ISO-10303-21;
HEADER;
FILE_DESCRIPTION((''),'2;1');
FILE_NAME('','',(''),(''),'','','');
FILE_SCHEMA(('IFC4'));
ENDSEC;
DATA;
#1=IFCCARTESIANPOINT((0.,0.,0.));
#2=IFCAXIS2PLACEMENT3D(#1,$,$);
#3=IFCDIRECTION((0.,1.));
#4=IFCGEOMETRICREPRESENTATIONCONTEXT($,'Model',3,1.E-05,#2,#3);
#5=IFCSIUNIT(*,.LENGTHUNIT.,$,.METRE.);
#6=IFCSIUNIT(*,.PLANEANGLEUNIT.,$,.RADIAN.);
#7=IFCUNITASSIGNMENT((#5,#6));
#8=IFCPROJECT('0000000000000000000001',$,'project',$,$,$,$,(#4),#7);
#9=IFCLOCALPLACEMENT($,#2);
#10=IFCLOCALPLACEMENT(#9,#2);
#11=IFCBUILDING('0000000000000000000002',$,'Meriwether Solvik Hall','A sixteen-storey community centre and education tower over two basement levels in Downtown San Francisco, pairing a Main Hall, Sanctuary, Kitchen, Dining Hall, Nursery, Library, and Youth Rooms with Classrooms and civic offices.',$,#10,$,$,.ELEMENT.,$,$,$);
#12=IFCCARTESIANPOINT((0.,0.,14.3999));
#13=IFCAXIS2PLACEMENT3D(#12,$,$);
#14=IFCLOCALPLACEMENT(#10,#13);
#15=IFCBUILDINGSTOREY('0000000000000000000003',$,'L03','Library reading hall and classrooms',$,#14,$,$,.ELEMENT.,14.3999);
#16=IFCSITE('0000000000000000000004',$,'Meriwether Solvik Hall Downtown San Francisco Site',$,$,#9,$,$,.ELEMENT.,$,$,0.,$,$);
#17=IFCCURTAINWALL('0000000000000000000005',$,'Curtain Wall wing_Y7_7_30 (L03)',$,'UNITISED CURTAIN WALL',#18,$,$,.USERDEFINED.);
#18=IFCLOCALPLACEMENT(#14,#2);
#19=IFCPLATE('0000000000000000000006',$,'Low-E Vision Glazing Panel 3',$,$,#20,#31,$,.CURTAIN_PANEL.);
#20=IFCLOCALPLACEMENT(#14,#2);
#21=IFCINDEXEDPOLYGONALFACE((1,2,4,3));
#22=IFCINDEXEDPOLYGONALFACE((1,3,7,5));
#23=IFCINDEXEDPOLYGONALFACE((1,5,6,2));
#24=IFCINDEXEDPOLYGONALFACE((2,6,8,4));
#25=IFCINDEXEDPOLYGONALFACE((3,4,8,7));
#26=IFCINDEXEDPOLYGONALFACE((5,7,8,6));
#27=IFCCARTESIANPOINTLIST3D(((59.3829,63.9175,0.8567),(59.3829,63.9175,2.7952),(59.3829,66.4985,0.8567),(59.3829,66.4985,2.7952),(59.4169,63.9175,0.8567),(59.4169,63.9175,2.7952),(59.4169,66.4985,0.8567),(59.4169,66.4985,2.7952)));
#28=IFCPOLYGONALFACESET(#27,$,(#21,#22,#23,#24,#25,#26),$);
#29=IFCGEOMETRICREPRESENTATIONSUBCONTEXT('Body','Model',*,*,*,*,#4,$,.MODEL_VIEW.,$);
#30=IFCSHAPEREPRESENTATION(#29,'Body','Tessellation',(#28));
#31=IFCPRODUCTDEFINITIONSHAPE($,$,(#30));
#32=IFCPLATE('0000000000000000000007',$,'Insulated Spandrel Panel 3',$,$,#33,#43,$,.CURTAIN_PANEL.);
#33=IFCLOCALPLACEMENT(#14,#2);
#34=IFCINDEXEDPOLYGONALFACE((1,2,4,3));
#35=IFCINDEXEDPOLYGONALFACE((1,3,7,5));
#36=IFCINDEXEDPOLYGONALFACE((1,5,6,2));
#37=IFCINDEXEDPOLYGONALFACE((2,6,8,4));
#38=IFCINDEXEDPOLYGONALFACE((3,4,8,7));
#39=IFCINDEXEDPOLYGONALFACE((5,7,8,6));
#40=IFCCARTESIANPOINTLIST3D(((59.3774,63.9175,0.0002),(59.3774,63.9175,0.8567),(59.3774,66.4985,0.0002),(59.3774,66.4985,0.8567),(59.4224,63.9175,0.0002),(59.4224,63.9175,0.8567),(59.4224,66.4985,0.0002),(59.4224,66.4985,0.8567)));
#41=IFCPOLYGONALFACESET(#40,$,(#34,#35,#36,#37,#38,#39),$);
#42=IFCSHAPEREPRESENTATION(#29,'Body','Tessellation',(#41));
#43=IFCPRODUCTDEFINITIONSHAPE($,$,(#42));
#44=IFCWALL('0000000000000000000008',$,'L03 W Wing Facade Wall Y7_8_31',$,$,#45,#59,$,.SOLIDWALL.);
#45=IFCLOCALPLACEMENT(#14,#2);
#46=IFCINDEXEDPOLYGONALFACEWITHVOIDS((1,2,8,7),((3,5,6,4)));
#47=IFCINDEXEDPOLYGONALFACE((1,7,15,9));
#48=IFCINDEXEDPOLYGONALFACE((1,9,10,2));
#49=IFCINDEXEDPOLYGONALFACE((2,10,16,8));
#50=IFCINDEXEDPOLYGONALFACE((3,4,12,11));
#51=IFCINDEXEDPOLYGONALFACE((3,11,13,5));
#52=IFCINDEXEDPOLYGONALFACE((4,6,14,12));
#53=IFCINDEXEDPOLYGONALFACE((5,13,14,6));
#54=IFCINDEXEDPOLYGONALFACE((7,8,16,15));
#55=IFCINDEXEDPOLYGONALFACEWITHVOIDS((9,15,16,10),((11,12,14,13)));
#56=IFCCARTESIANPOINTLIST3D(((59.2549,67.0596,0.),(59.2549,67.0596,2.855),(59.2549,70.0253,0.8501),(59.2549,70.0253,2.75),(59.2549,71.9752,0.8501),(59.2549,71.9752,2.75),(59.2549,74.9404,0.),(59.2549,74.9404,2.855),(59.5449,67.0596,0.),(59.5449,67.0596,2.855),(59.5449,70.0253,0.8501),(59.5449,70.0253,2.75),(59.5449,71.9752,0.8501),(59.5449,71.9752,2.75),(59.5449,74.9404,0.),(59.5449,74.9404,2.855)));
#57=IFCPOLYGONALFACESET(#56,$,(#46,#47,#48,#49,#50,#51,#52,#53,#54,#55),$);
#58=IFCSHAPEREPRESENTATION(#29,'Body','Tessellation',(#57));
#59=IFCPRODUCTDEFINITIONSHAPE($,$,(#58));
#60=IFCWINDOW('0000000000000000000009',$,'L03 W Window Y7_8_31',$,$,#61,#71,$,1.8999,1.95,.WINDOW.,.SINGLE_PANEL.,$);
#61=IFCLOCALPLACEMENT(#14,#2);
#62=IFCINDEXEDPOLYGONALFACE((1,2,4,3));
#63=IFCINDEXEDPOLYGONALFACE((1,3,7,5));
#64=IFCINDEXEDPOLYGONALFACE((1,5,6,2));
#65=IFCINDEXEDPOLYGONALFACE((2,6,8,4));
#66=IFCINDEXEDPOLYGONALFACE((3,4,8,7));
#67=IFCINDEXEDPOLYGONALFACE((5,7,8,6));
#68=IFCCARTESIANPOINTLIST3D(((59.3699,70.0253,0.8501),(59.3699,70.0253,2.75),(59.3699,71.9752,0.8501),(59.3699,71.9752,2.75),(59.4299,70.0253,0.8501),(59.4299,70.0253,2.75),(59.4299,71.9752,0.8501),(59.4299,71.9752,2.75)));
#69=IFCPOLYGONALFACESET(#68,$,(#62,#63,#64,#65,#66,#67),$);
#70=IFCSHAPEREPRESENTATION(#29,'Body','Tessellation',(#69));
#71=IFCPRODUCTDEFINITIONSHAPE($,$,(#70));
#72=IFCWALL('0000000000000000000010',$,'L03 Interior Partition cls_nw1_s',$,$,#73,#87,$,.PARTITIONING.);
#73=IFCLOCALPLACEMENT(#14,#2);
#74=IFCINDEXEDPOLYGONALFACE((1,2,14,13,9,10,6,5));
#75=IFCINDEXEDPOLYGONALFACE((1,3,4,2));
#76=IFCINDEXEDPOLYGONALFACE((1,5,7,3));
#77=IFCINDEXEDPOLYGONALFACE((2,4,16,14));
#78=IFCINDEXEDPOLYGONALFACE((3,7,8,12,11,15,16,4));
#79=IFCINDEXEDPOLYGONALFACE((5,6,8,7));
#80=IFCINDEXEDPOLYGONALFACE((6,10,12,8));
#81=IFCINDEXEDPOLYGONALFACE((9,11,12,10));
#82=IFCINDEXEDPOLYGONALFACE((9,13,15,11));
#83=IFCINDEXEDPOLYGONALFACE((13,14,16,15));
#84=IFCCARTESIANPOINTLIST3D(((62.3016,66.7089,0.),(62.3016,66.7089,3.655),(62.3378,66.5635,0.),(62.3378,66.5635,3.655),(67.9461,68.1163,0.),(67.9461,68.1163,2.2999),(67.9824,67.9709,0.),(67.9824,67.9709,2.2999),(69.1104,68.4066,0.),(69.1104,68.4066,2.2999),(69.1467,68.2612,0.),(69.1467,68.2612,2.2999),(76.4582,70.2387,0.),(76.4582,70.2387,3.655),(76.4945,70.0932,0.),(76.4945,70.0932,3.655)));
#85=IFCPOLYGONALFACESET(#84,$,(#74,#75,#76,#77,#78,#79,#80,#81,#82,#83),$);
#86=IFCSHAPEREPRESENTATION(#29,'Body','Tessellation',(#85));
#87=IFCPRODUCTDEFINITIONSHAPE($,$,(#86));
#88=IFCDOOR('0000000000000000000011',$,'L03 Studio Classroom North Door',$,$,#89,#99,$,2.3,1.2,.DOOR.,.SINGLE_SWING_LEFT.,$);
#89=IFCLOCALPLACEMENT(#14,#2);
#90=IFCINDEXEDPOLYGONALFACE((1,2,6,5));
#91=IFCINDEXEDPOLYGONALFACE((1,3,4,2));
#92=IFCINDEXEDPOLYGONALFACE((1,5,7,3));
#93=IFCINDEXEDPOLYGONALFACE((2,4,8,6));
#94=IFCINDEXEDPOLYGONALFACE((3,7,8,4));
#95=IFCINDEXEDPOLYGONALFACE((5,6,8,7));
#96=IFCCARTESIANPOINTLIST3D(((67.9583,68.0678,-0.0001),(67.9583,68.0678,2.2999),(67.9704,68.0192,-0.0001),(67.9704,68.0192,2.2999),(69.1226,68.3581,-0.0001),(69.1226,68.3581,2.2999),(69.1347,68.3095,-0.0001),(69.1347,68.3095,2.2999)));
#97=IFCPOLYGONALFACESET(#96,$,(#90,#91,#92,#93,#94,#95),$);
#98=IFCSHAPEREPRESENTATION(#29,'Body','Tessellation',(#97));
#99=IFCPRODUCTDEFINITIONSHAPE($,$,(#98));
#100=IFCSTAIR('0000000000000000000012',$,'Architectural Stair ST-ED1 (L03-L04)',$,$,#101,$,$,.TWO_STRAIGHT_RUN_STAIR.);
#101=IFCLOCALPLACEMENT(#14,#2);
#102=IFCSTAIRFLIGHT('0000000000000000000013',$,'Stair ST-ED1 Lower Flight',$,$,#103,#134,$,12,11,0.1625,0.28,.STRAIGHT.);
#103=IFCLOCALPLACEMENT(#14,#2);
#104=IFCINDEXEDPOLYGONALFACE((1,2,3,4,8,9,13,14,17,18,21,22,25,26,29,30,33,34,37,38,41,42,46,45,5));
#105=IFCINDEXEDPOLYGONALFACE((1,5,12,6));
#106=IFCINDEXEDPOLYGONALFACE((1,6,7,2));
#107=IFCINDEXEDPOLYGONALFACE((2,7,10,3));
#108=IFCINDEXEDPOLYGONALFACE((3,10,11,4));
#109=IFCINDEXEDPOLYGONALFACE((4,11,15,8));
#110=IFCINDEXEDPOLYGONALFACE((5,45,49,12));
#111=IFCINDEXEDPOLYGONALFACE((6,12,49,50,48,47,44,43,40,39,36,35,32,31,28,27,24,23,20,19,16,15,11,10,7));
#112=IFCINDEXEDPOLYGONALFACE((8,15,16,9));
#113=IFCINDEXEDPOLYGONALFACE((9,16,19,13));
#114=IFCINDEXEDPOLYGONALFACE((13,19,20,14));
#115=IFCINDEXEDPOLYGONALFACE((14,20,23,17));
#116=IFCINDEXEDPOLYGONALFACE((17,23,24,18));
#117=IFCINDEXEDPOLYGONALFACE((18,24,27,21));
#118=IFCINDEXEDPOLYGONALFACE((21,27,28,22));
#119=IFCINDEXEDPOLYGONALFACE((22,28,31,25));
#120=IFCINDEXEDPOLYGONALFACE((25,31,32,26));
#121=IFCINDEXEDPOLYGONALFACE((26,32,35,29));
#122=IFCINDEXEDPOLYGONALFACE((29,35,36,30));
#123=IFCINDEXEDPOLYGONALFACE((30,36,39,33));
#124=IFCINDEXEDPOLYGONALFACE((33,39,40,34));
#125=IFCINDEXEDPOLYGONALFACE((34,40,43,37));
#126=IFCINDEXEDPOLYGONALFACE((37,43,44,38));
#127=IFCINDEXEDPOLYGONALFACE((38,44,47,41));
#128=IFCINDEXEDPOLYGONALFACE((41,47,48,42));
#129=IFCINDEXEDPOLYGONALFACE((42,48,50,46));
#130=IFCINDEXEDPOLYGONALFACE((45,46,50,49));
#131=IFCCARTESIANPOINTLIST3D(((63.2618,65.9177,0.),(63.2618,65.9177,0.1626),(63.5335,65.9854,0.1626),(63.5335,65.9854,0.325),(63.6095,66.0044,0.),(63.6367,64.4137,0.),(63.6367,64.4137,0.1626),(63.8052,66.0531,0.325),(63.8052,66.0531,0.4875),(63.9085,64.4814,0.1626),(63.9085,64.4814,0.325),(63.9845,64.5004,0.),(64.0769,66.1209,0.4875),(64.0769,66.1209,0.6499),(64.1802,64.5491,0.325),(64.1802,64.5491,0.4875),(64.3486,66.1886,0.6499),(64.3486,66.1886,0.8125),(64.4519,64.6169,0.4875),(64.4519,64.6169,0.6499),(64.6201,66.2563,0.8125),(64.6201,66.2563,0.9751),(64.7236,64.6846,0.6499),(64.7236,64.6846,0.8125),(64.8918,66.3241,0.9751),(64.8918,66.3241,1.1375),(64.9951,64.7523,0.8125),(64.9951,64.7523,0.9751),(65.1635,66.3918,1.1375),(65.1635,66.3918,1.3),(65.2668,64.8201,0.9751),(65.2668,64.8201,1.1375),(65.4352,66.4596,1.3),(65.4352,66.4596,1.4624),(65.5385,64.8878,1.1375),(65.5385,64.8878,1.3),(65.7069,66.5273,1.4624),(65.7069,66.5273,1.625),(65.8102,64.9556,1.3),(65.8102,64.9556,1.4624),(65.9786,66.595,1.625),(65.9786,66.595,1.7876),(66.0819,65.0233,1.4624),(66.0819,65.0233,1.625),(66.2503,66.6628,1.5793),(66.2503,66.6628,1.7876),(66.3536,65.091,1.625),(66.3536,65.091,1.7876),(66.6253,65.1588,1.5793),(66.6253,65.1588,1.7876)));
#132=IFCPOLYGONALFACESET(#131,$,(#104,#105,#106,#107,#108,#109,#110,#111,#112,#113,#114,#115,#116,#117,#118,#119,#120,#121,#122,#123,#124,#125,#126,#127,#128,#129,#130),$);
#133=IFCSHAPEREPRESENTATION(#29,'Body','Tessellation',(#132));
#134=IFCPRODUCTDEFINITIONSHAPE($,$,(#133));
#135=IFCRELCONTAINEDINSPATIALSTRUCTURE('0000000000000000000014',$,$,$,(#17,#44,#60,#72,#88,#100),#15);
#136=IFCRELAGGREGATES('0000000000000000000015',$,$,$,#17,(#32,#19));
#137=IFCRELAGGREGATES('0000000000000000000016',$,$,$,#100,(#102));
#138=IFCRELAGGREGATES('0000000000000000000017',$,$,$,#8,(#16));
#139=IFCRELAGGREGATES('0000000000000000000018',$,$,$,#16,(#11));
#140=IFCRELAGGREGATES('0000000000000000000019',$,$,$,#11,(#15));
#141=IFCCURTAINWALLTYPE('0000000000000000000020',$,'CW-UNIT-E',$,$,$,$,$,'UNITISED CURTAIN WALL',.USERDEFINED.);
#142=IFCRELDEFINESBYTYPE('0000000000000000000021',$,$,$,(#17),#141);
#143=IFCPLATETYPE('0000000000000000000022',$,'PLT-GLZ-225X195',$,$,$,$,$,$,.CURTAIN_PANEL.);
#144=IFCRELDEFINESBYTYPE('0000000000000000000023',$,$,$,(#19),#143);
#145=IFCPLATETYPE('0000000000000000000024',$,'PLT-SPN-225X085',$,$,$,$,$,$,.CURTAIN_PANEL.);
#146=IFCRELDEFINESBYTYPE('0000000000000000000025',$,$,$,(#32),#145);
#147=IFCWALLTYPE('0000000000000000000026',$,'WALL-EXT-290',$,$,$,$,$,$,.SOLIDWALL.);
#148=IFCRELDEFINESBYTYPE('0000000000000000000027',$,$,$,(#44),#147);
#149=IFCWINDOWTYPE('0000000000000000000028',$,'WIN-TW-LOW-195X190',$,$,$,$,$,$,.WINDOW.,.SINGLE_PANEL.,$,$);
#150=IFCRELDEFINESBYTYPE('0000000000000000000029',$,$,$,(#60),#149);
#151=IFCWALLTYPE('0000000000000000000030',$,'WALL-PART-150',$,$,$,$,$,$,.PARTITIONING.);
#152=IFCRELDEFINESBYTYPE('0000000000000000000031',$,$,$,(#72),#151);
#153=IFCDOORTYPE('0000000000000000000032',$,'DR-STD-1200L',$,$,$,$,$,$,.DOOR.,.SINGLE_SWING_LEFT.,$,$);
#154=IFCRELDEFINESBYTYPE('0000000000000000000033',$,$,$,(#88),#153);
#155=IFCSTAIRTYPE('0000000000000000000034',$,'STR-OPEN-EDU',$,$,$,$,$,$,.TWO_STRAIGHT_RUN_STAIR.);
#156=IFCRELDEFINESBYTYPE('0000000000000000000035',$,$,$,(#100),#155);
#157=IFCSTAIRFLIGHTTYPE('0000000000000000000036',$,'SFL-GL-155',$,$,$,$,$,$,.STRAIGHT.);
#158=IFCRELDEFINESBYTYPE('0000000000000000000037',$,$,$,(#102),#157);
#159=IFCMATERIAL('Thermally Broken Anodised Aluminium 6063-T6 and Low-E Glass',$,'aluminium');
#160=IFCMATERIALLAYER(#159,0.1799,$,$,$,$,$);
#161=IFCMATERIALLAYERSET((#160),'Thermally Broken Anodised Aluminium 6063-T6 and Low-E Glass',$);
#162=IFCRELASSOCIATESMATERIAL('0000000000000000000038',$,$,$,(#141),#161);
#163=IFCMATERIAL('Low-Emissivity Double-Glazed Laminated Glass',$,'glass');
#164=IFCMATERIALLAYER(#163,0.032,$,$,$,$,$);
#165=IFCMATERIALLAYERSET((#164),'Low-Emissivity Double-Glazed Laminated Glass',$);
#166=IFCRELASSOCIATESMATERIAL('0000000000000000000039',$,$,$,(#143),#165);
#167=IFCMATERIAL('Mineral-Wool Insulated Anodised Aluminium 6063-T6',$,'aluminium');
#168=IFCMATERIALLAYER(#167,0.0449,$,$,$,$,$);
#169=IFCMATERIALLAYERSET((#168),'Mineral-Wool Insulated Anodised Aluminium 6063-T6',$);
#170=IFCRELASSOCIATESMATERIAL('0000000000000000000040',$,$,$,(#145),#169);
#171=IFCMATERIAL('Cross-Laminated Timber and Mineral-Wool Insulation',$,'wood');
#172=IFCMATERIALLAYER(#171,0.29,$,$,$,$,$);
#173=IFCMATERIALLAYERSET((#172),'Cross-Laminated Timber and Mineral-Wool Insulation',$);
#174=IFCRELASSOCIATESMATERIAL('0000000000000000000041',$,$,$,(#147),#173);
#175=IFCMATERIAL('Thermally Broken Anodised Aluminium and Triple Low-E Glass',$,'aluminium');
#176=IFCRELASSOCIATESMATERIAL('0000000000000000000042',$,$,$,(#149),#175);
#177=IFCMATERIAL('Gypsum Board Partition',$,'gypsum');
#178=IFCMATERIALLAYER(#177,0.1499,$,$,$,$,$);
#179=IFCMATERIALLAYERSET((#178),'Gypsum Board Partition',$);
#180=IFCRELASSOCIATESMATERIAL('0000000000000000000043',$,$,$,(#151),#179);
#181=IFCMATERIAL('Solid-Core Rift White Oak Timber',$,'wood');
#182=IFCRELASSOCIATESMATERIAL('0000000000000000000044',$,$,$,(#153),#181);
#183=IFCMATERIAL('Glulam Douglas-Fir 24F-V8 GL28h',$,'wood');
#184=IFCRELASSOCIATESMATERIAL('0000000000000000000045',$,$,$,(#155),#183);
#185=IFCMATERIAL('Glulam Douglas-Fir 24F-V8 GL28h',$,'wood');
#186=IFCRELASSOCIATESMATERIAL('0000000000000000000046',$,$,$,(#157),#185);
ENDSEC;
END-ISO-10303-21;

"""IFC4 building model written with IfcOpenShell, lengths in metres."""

from ifc_helpers import new_model, si_unit, direction, frame, frame_2d, origin, origin_2d, place, context, subcontext, project, spatial, polyline, rectangle, outline, extrude, material, layer, layer_set, type_object, element, fill, aggregate, save


model = new_model("IFC4")

# Units and contexts
model_context = context("Model", 3, precision=1e-05, world=origin(), true_north=direction((0.0, 1.0)))
body_context = subcontext(model_context, "Body", "Model", "MODEL_VIEW")
ifc_project = project(units=[si_unit("LENGTHUNIT", "METRE"), si_unit("PLANEANGLEUNIT", "RADIAN")], contexts=[model_context])

# Site, building, storey
site_placement = place(None, origin())
site = spatial("IfcSite", under=ifc_project, at=site_placement, Name="Meriwether Solvik Hall Downtown San Francisco Site", CompositionType="ELEMENT", RefElevation=0.0)
building_placement = place(site_placement, origin())
building = spatial("IfcBuilding", under=site, at=building_placement, Name="Meriwether Solvik Hall", Description="A sixteen-storey community centre and education tower over two basement levels in Downtown San Francisco, pairing a Main Hall, Sanctuary, Kitchen, Dining Hall, Nursery, Library, and Youth Rooms with Classrooms and civic offices.", CompositionType="ELEMENT")
storey_placement = place(building_placement, frame((0.0, 0.0, 14.3999)))
storey = spatial("IfcBuildingStorey", under=building, at=storey_placement, Name="L03", Description="Library reading hall and classrooms", CompositionType="ELEMENT", Elevation=14.3999)

# Curtain wall
ifc_material_1 = material(Name="Thermally Broken Anodised Aluminium 6063-T6 and Low-E Glass", Category="aluminium")
ifc_layer_1 = layer(ifc_material_1, 0.1799)
ifc_layer_set_1 = layer_set([ifc_layer_1], Name="Thermally Broken Anodised Aluminium 6063-T6 and Low-E Glass")
curtain_wall_type = type_object("IfcCurtainWallType", Name="CW-UNIT-E", ElementType="UNITISED CURTAIN WALL", PredefinedType="USERDEFINED", material=ifc_layer_set_1)
curtain_wall_placement = place(storey_placement, origin())
curtain_wall = element("IfcCurtainWall", 1, at=curtain_wall_placement, inside=storey, type_object=curtain_wall_type, Name="Curtain Wall wing_Y7_7_30 (L03)", ObjectType="UNITISED CURTAIN WALL", PredefinedType="USERDEFINED")

# Plates
ifc_material_2 = material(Name="Low-Emissivity Double-Glazed Laminated Glass", Category="glass")
ifc_layer_2 = layer(ifc_material_2, 0.032)
ifc_layer_set_2 = layer_set([ifc_layer_2], Name="Low-Emissivity Double-Glazed Laminated Glass")
plate_type_1 = type_object("IfcPlateType", Name="PLT-GLZ-225X195", PredefinedType="CURTAIN_PANEL", material=ifc_layer_set_2)
plate_1_placement = place(storey_placement, frame((59.3999, 65.208, 0.8567), z_axis=(0.0, 0.0, 1.0), x_axis=(0.0, 1.0, 0.0)))
plate_1 = element("IfcPlate", 2, at=plate_1_placement, type_object=plate_type_1, Name="Low-E Vision Glazing Panel 3", PredefinedType="CURTAIN_PANEL", context=body_context, shape_type="SweptSolid", body=[
    extrude(rectangle(XDim=2.5811, YDim=0.0339, at=origin_2d()), origin(), (0.0, 0.0, 1.0), 1.9385),
])
ifc_material_3 = material(Name="Mineral-Wool Insulated Anodised Aluminium 6063-T6", Category="aluminium")
ifc_layer_3 = layer(ifc_material_3, 0.0449)
ifc_layer_set_3 = layer_set([ifc_layer_3], Name="Mineral-Wool Insulated Anodised Aluminium 6063-T6")
plate_type_2 = type_object("IfcPlateType", Name="PLT-SPN-225X085", PredefinedType="CURTAIN_PANEL", material=ifc_layer_set_3)
plate_2_placement = place(storey_placement, frame((59.3999, 65.208, 0.0002), z_axis=(0.0, 0.0, 1.0), x_axis=(0.0, 1.0, 0.0)))
plate_2 = element("IfcPlate", 3, at=plate_2_placement, type_object=plate_type_2, Name="Insulated Spandrel Panel 3", PredefinedType="CURTAIN_PANEL", context=body_context, shape_type="SweptSolid", body=[
    extrude(rectangle(XDim=2.5811, YDim=0.0449, at=origin_2d()), origin(), (0.0, 0.0, 1.0), 0.8564),
])
aggregate(curtain_wall, [plate_2, plate_1])

# Wall, opening, window
ifc_material_4 = material(Name="Cross-Laminated Timber and Mineral-Wool Insulation", Category="wood")
ifc_layer_4 = layer(ifc_material_4, 0.29)
ifc_layer_set_4 = layer_set([ifc_layer_4], Name="Cross-Laminated Timber and Mineral-Wool Insulation")
wall_type_1 = type_object("IfcWallType", Name="WALL-EXT-290", PredefinedType="SOLIDWALL", material=ifc_layer_set_4)
wall_1_placement = place(storey_placement, frame((59.3999, 67.0596, 0.0), z_axis=(0.0, 0.0, 1.0), x_axis=(0.0, 1.0, 0.0)))
wall_1 = element("IfcWall", 4, at=wall_1_placement, inside=storey, type_object=wall_type_1, Name="L03 W Wing Facade Wall Y7_8_31", PredefinedType="SOLIDWALL", context=body_context, shape_type="SweptSolid", body=[
    extrude(rectangle(XDim=7.8809, YDim=0.29, at=frame_2d((3.9404, 0.0))), origin(), (0.0, 0.0, 1.0), 2.855),
])
opening_1_placement = place(wall_1_placement, frame((2.9656, 0.0, 0.8501)))
opening_1 = element("IfcOpeningElement", 5, at=opening_1_placement, cuts=wall_1, PredefinedType="OPENING", context=body_context, shape_type="SweptSolid", body=[
    extrude(rectangle(XDim=1.95, YDim=1.8999, at=frame_2d((0.9751, 0.95))), frame((0.0, 0.157, 0.0), z_axis=(0.0, -1.0, 0.0), x_axis=(1.0, 0.0, 0.0)), (0.0, 0.0, 1.0), 0.314),
])
ifc_material_5 = material(Name="Thermally Broken Anodised Aluminium and Triple Low-E Glass", Category="aluminium")
window_type = type_object("IfcWindowType", Name="WIN-TW-LOW-195X190", PartitioningType="SINGLE_PANEL", PredefinedType="WINDOW", material=ifc_material_5)
window_placement = place(opening_1_placement, origin())
window = element("IfcWindow", 6, at=window_placement, inside=storey, type_object=window_type, Name="L03 W Window Y7_8_31", OverallHeight=1.8999, OverallWidth=1.95, PartitioningType="SINGLE_PANEL", PredefinedType="WINDOW", context=body_context, shape_type="SweptSolid", body=[
    extrude(rectangle(XDim=1.95, YDim=1.8999, at=frame_2d((0.9751, 0.95))), frame((0.0, 0.03, 0.0), z_axis=(0.0, -1.0, 0.0), x_axis=(1.0, 0.0, 0.0)), (0.0, 0.0, 1.0), 0.0601),
])
fill(opening_1, window)

# Wall, opening, door
ifc_material_6 = material(Name="Gypsum Board Partition", Category="gypsum")
ifc_layer_5 = layer(ifc_material_6, 0.1499)
ifc_layer_set_5 = layer_set([ifc_layer_5], Name="Gypsum Board Partition")
wall_type_2 = type_object("IfcWallType", Name="WALL-PART-150", PredefinedType="PARTITIONING", material=ifc_layer_set_5)
wall_2_placement = place(storey_placement, frame((62.3198, 66.6362, 0.0), z_axis=(0.0, 0.0, 1.0), x_axis=(0.970294, 0.241929, 0.0)))
wall_2 = element("IfcWall", 7, at=wall_2_placement, inside=storey, type_object=wall_type_2, Name="L03 Interior Partition cls_nw1_s", PredefinedType="PARTITIONING", context=body_context, shape_type="SweptSolid", body=[
    extrude(rectangle(XDim=14.5901, YDim=0.1499, at=frame_2d((7.2949, 0.0))), origin(), (0.0, 0.0, 1.0), 3.655),
])
opening_2_placement = place(wall_2_placement, frame((5.8171, 0.0, 0.0)))
opening_2 = element("IfcOpeningElement", 8, at=opening_2_placement, cuts=wall_2, PredefinedType="OPENING", context=body_context, shape_type="SweptSolid", body=[
    extrude(rectangle(XDim=1.2, YDim=2.3, at=frame_2d((0.6001, 1.1499))), frame((0.0, 0.0869, 0.0), z_axis=(0.0, -1.0, 0.0), x_axis=(1.0, 0.0, 0.0)), (0.0, 0.0, 1.0), 0.1738),
])
ifc_material_7 = material(Name="Solid-Core Rift White Oak Timber", Category="wood")
door_type = type_object("IfcDoorType", Name="DR-STD-1200L", OperationType="SINGLE_SWING_LEFT", PredefinedType="DOOR", material=ifc_material_7)
door_placement = place(opening_2_placement, origin())
door = element("IfcDoor", 9, at=door_placement, inside=storey, type_object=door_type, Name="L03 Studio Classroom North Door", OperationType="SINGLE_SWING_LEFT", OverallHeight=2.3, OverallWidth=1.2, PredefinedType="DOOR", context=body_context, shape_type="SweptSolid", body=[
    extrude(rectangle(XDim=1.2, YDim=2.3, at=frame_2d((0.6001, 1.1499))), frame((0.0, 0.0249, 0.0), z_axis=(0.0, -1.0, 0.0), x_axis=(1.0, 0.0, 0.0)), (0.0, 0.0, 1.0), 0.05),
])
fill(opening_2, door)

# Stair, stair flight
ifc_material_8 = material(Name="Glulam Douglas-Fir 24F-V8 GL28h", Category="wood")
stair_type = type_object("IfcStairType", Name="STR-OPEN-EDU", PredefinedType="TWO_STRAIGHT_RUN_STAIR", material=ifc_material_8)
stair_placement = place(storey_placement, origin())
stair = element("IfcStair", 10, at=stair_placement, inside=storey, type_object=stair_type, Name="Architectural Stair ST-ED1 (L03-L04)", PredefinedType="TWO_STRAIGHT_RUN_STAIR")
ifc_material_9 = material(Name="Glulam Douglas-Fir 24F-V8 GL28h", Category="wood")
stair_flight_type = type_object("IfcStairFlightType", Name="SFL-GL-155", PredefinedType="STRAIGHT", material=ifc_material_9)
stair_flight_placement = place(storey_placement, frame((63.4492, 65.1658, 0.0), z_axis=(0.0, 0.0, 1.0), x_axis=(0.970296, 0.241922, 0.0)))
stair_flight = element("IfcStairFlight", 11, at=stair_flight_placement, type_object=stair_flight_type, Name="Stair ST-ED1 Lower Flight", NumberOfRisers=12, NumberOfTreads=11, PredefinedType="STRAIGHT", RiserHeight=0.1625, TreadLength=0.28, context=body_context, shape_type="SweptSolid", body=[
    extrude(outline(polyline([(0.0, 0.0), (0.0, 0.1626), (0.28, 0.1626), (0.28, 0.325), (0.5601, 0.325), (0.5601, 0.4875), (0.8401, 0.4875), (0.8401, 0.6499), (1.1201, 0.6499), (1.1201, 0.8125), (1.3999, 0.8125), (1.3999, 0.9751), (1.6799, 0.9751), (1.6799, 1.1375), (1.96, 1.1375), (1.96, 1.3), (2.24, 1.3), (2.24, 1.4624), (2.52, 1.4624), (2.52, 1.625), (2.8, 1.625), (2.8, 1.7876), (3.0801, 1.7876), (3.0801, 1.95), (3.0801, 1.5793), (0.3584, 0.0), (0.0, 0.0)])), frame((0.0, 0.7749, 0.0), z_axis=(0.0, -1.0, 0.0), x_axis=(1.0, 0.0, 0.0)), (0.0, 0.0, 1.0), 1.55),
])
aggregate(stair, [stair_flight])

save(model, "model.ifc")
